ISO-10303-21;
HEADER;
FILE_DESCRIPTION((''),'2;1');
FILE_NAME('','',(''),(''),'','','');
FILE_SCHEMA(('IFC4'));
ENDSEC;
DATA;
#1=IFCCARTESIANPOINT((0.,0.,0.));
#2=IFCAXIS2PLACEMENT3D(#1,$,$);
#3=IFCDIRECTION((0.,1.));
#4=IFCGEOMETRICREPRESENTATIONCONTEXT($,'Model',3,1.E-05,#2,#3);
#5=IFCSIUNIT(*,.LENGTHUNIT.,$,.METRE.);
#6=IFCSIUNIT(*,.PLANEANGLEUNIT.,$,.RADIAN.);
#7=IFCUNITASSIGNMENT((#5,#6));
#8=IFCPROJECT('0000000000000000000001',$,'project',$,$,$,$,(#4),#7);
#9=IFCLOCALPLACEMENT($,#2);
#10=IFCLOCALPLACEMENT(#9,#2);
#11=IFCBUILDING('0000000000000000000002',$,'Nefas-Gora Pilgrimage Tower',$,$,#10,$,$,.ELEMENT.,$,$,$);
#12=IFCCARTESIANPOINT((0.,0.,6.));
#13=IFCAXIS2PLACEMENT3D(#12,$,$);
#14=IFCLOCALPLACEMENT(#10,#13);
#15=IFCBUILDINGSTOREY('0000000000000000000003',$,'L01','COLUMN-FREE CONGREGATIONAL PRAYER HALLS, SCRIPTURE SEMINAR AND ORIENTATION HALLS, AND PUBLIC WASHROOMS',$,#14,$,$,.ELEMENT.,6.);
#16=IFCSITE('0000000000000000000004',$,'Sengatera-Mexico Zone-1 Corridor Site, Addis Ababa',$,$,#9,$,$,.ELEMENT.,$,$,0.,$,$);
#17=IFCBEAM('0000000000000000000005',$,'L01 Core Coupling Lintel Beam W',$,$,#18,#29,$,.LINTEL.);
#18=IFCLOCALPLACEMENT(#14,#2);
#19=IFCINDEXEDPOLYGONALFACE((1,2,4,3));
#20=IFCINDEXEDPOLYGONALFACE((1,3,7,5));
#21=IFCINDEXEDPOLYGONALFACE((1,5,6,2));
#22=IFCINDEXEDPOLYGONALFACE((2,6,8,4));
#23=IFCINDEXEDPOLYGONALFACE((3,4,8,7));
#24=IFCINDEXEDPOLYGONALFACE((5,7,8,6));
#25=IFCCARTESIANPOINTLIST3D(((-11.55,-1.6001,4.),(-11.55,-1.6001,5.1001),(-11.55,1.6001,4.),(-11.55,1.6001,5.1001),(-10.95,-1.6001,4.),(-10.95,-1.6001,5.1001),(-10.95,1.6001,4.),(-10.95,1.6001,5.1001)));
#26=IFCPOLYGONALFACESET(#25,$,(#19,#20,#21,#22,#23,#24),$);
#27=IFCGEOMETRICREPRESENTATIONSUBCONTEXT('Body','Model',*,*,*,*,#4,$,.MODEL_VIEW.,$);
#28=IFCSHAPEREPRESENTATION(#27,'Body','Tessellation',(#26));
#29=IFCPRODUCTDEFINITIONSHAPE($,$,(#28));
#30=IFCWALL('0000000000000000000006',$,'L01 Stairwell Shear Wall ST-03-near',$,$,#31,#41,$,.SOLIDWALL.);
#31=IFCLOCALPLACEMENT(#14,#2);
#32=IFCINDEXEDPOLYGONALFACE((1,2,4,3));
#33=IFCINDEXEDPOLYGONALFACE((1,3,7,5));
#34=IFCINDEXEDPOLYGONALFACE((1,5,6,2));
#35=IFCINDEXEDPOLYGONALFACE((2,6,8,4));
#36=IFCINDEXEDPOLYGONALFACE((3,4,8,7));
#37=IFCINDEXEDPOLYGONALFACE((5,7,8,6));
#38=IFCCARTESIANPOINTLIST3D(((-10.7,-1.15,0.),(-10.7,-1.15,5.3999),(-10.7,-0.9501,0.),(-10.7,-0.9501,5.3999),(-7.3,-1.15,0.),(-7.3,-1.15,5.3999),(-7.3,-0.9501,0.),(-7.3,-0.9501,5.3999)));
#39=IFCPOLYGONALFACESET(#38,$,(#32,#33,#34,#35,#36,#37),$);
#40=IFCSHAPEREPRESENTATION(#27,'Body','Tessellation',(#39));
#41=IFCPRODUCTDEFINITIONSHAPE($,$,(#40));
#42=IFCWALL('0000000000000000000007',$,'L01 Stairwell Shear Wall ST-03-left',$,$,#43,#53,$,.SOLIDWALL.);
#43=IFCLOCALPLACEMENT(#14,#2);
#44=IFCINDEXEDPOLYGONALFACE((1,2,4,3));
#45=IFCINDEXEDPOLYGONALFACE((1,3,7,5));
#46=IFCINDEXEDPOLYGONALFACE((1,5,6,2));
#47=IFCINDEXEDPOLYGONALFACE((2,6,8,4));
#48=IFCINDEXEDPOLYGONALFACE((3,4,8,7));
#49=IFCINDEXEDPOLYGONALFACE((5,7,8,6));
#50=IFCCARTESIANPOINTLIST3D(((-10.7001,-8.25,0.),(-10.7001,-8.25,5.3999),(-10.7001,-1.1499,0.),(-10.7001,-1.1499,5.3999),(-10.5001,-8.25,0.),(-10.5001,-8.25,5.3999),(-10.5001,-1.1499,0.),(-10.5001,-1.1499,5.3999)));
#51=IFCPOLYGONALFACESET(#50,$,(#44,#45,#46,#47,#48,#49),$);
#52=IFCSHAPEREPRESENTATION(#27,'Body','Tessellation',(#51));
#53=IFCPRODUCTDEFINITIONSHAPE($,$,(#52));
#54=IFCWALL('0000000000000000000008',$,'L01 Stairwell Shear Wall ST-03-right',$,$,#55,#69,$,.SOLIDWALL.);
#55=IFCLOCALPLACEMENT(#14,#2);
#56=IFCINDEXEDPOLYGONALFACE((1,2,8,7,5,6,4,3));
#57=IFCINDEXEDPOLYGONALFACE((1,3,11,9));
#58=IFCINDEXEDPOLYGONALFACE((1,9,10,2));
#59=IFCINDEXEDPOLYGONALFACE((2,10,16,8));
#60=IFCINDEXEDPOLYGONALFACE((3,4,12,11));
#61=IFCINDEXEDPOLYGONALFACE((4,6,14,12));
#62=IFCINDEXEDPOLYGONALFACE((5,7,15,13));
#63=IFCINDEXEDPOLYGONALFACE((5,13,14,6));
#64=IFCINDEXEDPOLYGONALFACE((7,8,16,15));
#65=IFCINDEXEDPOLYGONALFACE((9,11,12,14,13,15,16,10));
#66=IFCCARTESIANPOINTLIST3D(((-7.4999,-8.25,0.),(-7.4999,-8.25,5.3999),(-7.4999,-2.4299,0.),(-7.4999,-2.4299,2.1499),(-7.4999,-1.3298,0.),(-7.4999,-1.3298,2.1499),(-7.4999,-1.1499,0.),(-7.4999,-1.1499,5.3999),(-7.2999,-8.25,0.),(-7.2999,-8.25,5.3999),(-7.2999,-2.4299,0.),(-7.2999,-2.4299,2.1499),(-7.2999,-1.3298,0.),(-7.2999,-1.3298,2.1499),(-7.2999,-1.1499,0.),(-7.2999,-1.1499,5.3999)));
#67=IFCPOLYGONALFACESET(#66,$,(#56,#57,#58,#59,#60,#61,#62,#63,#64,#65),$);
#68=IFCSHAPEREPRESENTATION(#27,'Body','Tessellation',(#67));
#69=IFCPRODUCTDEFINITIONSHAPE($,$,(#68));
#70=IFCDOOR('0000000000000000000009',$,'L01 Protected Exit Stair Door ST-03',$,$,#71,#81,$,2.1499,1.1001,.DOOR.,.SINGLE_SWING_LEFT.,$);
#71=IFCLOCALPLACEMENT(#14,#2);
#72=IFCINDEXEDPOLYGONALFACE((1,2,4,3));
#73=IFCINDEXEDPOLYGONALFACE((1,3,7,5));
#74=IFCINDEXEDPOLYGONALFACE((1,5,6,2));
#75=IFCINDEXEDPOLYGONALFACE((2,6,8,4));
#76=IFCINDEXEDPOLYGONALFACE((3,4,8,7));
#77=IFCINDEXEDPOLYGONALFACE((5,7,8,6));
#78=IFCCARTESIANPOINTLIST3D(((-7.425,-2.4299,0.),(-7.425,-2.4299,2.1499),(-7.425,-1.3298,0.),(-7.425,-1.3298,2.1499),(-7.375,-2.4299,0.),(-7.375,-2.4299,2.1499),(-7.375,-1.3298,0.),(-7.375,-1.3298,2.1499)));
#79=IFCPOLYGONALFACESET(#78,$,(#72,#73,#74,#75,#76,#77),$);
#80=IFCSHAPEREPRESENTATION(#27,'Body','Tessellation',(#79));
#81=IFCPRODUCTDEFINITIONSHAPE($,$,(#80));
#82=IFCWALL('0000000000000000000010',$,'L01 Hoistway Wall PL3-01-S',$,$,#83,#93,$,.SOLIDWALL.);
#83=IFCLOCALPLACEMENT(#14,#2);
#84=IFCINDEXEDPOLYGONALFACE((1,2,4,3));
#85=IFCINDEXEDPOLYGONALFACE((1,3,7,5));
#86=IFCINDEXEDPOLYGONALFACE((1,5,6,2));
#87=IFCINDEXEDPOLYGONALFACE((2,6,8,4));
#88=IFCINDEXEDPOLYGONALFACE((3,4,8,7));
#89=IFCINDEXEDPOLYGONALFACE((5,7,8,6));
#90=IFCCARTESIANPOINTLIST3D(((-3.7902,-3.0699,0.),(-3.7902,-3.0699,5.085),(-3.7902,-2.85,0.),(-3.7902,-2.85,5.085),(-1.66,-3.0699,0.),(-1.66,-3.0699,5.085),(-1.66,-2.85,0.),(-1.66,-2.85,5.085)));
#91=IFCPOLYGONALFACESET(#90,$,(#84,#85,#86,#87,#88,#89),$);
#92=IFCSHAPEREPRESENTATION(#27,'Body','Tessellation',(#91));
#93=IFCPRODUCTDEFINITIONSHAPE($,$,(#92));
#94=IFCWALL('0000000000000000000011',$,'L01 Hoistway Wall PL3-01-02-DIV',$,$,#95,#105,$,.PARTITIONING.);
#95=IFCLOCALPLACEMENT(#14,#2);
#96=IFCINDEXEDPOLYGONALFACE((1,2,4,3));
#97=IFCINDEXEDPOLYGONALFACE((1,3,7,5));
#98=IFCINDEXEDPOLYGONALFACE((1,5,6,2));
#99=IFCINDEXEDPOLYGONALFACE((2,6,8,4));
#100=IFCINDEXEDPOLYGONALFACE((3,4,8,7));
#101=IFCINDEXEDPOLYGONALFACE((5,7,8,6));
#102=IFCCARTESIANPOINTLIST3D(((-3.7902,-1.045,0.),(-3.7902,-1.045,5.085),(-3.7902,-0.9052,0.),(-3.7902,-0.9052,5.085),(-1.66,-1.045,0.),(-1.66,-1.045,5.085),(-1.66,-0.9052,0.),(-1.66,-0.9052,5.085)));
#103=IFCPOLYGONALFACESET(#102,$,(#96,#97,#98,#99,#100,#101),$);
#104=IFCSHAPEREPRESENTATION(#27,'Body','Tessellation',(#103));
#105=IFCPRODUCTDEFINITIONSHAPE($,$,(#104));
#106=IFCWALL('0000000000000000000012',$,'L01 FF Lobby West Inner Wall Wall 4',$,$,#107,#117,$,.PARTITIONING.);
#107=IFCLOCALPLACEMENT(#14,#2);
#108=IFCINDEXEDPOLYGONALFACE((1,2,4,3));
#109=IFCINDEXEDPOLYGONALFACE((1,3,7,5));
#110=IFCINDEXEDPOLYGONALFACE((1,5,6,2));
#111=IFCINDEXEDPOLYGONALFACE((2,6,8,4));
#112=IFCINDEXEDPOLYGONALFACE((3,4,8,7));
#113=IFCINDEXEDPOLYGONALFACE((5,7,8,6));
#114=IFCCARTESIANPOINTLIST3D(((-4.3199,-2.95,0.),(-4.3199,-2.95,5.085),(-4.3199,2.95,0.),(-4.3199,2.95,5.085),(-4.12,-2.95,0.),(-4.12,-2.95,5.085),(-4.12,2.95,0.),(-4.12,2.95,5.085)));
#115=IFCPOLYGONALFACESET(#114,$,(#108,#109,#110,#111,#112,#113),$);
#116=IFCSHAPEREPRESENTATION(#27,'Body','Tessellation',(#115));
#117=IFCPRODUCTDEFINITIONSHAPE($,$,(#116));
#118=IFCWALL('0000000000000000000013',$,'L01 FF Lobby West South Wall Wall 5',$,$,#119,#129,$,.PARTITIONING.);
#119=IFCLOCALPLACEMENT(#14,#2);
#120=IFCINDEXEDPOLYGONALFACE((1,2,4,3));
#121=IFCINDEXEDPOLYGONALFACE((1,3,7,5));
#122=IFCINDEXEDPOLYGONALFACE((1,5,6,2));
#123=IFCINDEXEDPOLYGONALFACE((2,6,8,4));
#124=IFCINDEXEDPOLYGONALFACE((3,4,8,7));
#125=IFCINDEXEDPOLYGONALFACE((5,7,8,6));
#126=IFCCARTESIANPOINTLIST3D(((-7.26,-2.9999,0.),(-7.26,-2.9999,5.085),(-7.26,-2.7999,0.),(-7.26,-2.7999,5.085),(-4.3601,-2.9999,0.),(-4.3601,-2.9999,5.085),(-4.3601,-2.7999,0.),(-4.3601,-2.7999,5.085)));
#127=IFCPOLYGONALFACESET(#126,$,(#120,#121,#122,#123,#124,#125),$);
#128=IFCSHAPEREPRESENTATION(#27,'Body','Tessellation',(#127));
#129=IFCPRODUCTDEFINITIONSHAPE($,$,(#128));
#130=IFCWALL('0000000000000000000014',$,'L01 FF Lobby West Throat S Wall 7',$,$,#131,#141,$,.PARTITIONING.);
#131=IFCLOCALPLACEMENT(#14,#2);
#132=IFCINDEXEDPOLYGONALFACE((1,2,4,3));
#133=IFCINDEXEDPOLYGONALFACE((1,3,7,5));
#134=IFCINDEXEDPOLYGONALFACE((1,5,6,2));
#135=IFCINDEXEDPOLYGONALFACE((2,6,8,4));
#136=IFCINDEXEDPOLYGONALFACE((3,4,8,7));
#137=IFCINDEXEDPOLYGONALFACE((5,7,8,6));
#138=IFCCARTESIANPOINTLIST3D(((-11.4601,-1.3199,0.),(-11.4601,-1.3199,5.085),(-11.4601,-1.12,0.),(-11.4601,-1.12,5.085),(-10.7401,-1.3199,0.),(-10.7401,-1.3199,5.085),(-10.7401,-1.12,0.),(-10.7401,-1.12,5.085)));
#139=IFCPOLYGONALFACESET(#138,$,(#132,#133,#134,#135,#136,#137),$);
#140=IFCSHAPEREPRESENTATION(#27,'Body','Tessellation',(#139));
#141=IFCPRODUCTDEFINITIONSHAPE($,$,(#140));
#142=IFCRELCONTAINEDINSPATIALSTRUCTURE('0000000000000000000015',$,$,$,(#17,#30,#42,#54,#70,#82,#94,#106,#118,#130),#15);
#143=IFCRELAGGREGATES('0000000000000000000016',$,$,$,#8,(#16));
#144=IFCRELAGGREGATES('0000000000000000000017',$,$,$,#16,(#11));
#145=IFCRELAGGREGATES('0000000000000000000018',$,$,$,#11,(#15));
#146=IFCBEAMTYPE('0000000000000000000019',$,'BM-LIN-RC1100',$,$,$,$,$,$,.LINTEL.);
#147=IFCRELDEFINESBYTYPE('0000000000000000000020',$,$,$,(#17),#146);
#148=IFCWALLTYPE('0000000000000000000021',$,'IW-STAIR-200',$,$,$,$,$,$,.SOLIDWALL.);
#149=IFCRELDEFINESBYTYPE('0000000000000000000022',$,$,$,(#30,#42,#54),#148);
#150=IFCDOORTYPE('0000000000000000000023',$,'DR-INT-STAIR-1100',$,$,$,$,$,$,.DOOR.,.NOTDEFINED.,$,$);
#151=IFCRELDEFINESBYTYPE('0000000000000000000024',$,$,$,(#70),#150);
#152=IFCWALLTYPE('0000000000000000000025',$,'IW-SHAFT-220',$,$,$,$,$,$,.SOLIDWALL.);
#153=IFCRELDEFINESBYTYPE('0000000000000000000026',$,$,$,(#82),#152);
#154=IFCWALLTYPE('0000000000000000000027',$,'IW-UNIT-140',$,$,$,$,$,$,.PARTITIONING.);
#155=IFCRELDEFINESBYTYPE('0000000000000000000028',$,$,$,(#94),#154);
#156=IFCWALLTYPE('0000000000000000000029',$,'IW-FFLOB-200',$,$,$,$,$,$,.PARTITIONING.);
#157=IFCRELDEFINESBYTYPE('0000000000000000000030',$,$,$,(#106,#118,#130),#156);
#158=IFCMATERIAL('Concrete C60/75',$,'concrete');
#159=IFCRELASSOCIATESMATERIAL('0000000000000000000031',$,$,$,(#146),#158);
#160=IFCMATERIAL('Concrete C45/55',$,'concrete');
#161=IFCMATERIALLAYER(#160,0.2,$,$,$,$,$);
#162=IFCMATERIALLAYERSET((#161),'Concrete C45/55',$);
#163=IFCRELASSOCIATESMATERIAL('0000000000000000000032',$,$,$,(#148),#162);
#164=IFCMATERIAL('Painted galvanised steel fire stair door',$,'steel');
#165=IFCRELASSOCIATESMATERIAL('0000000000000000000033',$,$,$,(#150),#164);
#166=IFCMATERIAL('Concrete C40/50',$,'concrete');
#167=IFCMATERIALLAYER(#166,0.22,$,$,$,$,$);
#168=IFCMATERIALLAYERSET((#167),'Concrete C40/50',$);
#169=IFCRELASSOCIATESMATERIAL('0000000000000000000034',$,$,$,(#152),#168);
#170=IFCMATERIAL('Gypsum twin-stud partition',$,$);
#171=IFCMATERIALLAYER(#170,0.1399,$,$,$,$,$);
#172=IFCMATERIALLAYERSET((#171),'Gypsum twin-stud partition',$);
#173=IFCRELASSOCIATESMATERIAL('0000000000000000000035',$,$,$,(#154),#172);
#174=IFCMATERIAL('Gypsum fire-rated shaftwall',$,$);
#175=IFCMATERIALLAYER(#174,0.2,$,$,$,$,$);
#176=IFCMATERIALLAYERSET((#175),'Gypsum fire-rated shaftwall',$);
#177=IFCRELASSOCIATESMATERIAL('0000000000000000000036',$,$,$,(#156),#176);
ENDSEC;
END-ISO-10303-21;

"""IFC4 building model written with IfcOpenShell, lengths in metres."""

from ifc_helpers import new_model, si_unit, direction, frame, frame_2d, origin, origin_2d, place, context, subcontext, project, spatial, rectangle, extrude, source, transform, mapped, material, layer, layer_set, material_profile, profile_set, type_object, element, fill, save


model = new_model("IFC4")

# Units and contexts
model_context = context("Model", 3, precision=1e-05, world=origin(), true_north=direction((0.0, 1.0)))
body_context = subcontext(model_context, "Body", "Model", "MODEL_VIEW")
ifc_project = project(units=[si_unit("LENGTHUNIT", "METRE"), si_unit("PLANEANGLEUNIT", "RADIAN")], contexts=[model_context])

# Site, building, storey
site_placement = place(None, origin())
site = spatial("IfcSite", under=ifc_project, at=site_placement, Name="Sengatera-Mexico Zone-1 Corridor Site, Addis Ababa", CompositionType="ELEMENT", RefElevation=0.0)
building_placement = place(site_placement, origin())
building = spatial("IfcBuilding", under=site, at=building_placement, Name="Nefas-Gora Pilgrimage Tower", CompositionType="ELEMENT")
storey_placement = place(building_placement, frame((0.0, 0.0, 6.0)))
storey = spatial("IfcBuildingStorey", under=building, at=storey_placement, Name="L01", Description="COLUMN-FREE CONGREGATIONAL PRAYER HALLS, SCRIPTURE SEMINAR AND ORIENTATION HALLS, AND PUBLIC WASHROOMS", CompositionType="ELEMENT", Elevation=6.0)

# Beam
ifc_material_1 = material(Name="Concrete C60/75", Category="concrete")
ifc_material_profile = material_profile(ifc_material_1, rectangle(XDim=0.6001, YDim=1.1001, at=origin_2d()), Name="RC 600x1100")
ifc_profile_set = profile_set([ifc_material_profile], Name="Concrete C60/75")
beam_type = type_object("IfcBeamType", Name="BM-LIN-RC1100", PredefinedType="LINTEL", material=ifc_profile_set)
shared_shape_1 = source(origin(), body_context, "Body", "SweptSolid", [
    extrude(rectangle(XDim=0.6001, YDim=1.1001, at=origin_2d()), origin(), (0.0, 0.0, 1.0), 3.2002),
])
beam_placement = place(storey_placement, frame((-11.25, -1.6001, 4.55), z_axis=(0.0, 1.0, 0.0), x_axis=(-1.0, 0.0, 0.0)))
element("IfcBeam", 1, at=beam_placement, inside=storey, type_object=beam_type, Name="L01 Core Coupling Lintel Beam W", PredefinedType="LINTEL", context=body_context, shape_type="MappedRepresentation", body=[
    mapped(shared_shape_1, transform((0.0, 0.0, 0.0), x_axis=(1.0, 0.0, 0.0), y_axis=(0.0, 1.0, 0.0), z_axis=(0.0, 0.0, 1.0), scale=1.0)),
])

# Walls
ifc_material_2 = material(Name="Concrete C45/55", Category="concrete")
ifc_layer_1 = layer(ifc_material_2, 0.2)
ifc_layer_set_1 = layer_set([ifc_layer_1], Name="Concrete C45/55")
wall_type_1 = type_object("IfcWallType", Name="IW-STAIR-200", PredefinedType="SOLIDWALL", material=ifc_layer_set_1)
shared_shape_2 = source(origin(), body_context, "Body", "SweptSolid", [
    extrude(rectangle(XDim=3.3999, YDim=0.2, at=frame_2d((1.7, 0.0))), origin(), (0.0, 0.0, 1.0), 5.3999),
])
wall_1_placement = place(storey_placement, frame((-10.7, -1.05, 0.0), z_axis=(0.0, 0.0, 1.0), x_axis=(1.0, 0.0, 0.0)))
element("IfcWall", 2, at=wall_1_placement, inside=storey, type_object=wall_type_1, Name="L01 Stairwell Shear Wall ST-03-near", PredefinedType="SOLIDWALL", context=body_context, shape_type="MappedRepresentation", body=[
    mapped(shared_shape_2, transform((0.0, 0.0, 0.0), x_axis=(1.0, 0.0, 0.0), y_axis=(0.0, 1.0, 0.0), z_axis=(0.0, 0.0, 1.0), scale=1.0)),
])
shared_shape_3 = source(origin(), body_context, "Body", "SweptSolid", [
    extrude(rectangle(XDim=7.1001, YDim=0.2, at=frame_2d((3.55, 0.0))), origin(), (0.0, 0.0, 1.0), 5.3999),
])
wall_2_placement = place(storey_placement, frame((-10.6001, -1.1499, 0.0), z_axis=(0.0, 0.0, 1.0), x_axis=(0.0, -1.0, 0.0)))
element("IfcWall", 3, at=wall_2_placement, inside=storey, type_object=wall_type_1, Name="L01 Stairwell Shear Wall ST-03-left", PredefinedType="SOLIDWALL", context=body_context, shape_type="MappedRepresentation", body=[
    mapped(shared_shape_3, transform((0.0, 0.0, 0.0), x_axis=(1.0, 0.0, 0.0), y_axis=(0.0, 1.0, 0.0), z_axis=(0.0, 0.0, 1.0), scale=1.0)),
])

# Wall, opening, door
wall_3_placement = place(storey_placement, frame((-7.3999, -1.1499, 0.0), z_axis=(0.0, 0.0, 1.0), x_axis=(0.0, -1.0, 0.0)))
wall_3 = element("IfcWall", 4, at=wall_3_placement, inside=storey, type_object=wall_type_1, Name="L01 Stairwell Shear Wall ST-03-right", PredefinedType="SOLIDWALL", context=body_context, shape_type="MappedRepresentation", body=[
    mapped(shared_shape_3, transform((0.0, 0.0, 0.0), x_axis=(1.0, 0.0, 0.0), y_axis=(0.0, 1.0, 0.0), z_axis=(0.0, 0.0, 1.0), scale=1.0)),
])
opening_1_placement = place(wall_3_placement, frame((0.1799, 0.0, 0.0)))
opening_1 = element("IfcOpeningElement", 5, at=opening_1_placement, cuts=wall_3, PredefinedType="OPENING", context=body_context, shape_type="SweptSolid", body=[
    extrude(rectangle(XDim=1.1001, YDim=2.1499, at=frame_2d((0.55, 1.075))), frame((0.0, 0.1099, 0.0), z_axis=(0.0, -1.0, 0.0), x_axis=(1.0, 0.0, 0.0)), (0.0, 0.0, 1.0), 0.22),
])
ifc_material_3 = material(Name="Painted galvanised steel fire stair door", Category="steel")
door_type_1 = type_object("IfcDoorType", Name="DR-INT-STAIR-1100", OperationType="NOTDEFINED", PredefinedType="DOOR", material=ifc_material_3)
shared_shape_4 = source(origin(), body_context, "Body", "SweptSolid", [
    extrude(rectangle(XDim=1.1001, YDim=2.1499, at=frame_2d((0.55, 1.075))), frame((0.0, 0.0249, 0.0), z_axis=(0.0, -1.0, 0.0), x_axis=(1.0, 0.0, 0.0)), (0.0, 0.0, 1.0), 0.05),
])
door_1_placement = place(opening_1_placement, origin())
door_1 = element("IfcDoor", 6, at=door_1_placement, inside=storey, type_object=door_type_1, Name="L01 Protected Exit Stair Door ST-03", OperationType="SINGLE_SWING_LEFT", OverallHeight=2.1499, OverallWidth=1.1001, PredefinedType="DOOR", context=body_context, shape_type="MappedRepresentation", body=[
    mapped(shared_shape_4, transform((0.0, 0.0, 0.0), x_axis=(1.0, 0.0, 0.0), y_axis=(0.0, 1.0, 0.0), z_axis=(0.0, 0.0, 1.0), scale=1.0)),
])
fill(opening_1, door_1)

# Walls
ifc_material_4 = material(Name="Concrete C40/50", Category="concrete")
ifc_layer_2 = layer(ifc_material_4, 0.22)
ifc_layer_set_2 = layer_set([ifc_layer_2], Name="Concrete C40/50")
wall_type_2 = type_object("IfcWallType", Name="IW-SHAFT-220", PredefinedType="SOLIDWALL", material=ifc_layer_set_2)
shared_shape_5 = source(origin(), body_context, "Body", "SweptSolid", [
    extrude(rectangle(XDim=2.1301, YDim=0.22, at=frame_2d((1.0649, 0.0))), origin(), (0.0, 0.0, 1.0), 5.085),
])
wall_4_placement = place(storey_placement, frame((-3.79, -2.96, 0.0), z_axis=(0.0, 0.0, 1.0), x_axis=(1.0, 0.0, 0.0)))
element("IfcWall", 7, at=wall_4_placement, inside=storey, type_object=wall_type_2, Name="L01 Hoistway Wall PL3-01-S", PredefinedType="SOLIDWALL", context=body_context, shape_type="MappedRepresentation", body=[
    mapped(shared_shape_5, transform((0.0, 0.0, 0.0), x_axis=(1.0, 0.0, 0.0), y_axis=(0.0, 1.0, 0.0), z_axis=(0.0, 0.0, 1.0), scale=1.0)),
])
ifc_material_5 = material(Name="Gypsum twin-stud partition")
ifc_layer_3 = layer(ifc_material_5, 0.1399)
ifc_layer_set_3 = layer_set([ifc_layer_3], Name="Gypsum twin-stud partition")
wall_type_3 = type_object("IfcWallType", Name="IW-UNIT-140", PredefinedType="PARTITIONING", material=ifc_layer_set_3)
shared_shape_6 = source(origin(), body_context, "Body", "SweptSolid", [
    extrude(rectangle(XDim=2.1301, YDim=0.1399, at=frame_2d((1.0649, 0.0))), origin(), (0.0, 0.0, 1.0), 5.085),
])
wall_5_placement = place(storey_placement, frame((-3.79, -0.9751, 0.0), z_axis=(0.0, 0.0, 1.0), x_axis=(1.0, 0.0, 0.0)))
element("IfcWall", 8, at=wall_5_placement, inside=storey, type_object=wall_type_3, Name="L01 Hoistway Wall PL3-01-02-DIV", PredefinedType="PARTITIONING", context=body_context, shape_type="MappedRepresentation", body=[
    mapped(shared_shape_6, transform((0.0, 0.0, 0.0), x_axis=(1.0, 0.0, 0.0), y_axis=(0.0, 1.0, 0.0), z_axis=(0.0, 0.0, 1.0), scale=1.0)),
])

# Shared definitions
ifc_material_6 = material(Name="Gypsum fire-rated shaftwall")
ifc_layer_4 = layer(ifc_material_6, 0.2)
ifc_layer_set_4 = layer_set([ifc_layer_4], Name="Gypsum fire-rated shaftwall")
wall_type_4 = type_object("IfcWallType", Name="IW-FFLOB-200", PredefinedType="PARTITIONING", material=ifc_layer_set_4)

# Walls
shared_shape_7 = source(origin(), body_context, "Body", "SweptSolid", [
    extrude(rectangle(XDim=5.8999, YDim=0.2, at=frame_2d((2.95, 0.0))), origin(), (0.0, 0.0, 1.0), 5.085),
])
wall_6_placement = place(storey_placement, frame((-4.22, -2.95, 0.0), z_axis=(0.0, 0.0, 1.0), x_axis=(0.0, 1.0, 0.0)))
element("IfcWall", 9, at=wall_6_placement, inside=storey, type_object=wall_type_4, Name="L01 FF Lobby West Inner Wall Wall 4", PredefinedType="PARTITIONING", context=body_context, shape_type="MappedRepresentation", body=[
    mapped(shared_shape_7, transform((0.0, 0.0, 0.0), x_axis=(1.0, 0.0, 0.0), y_axis=(0.0, 1.0, 0.0), z_axis=(0.0, 0.0, 1.0), scale=1.0)),
])
shared_shape_8 = source(origin(), body_context, "Body", "SweptSolid", [
    extrude(rectangle(XDim=2.8999, YDim=0.2, at=frame_2d((1.45, 0.0))), origin(), (0.0, 0.0, 1.0), 5.085),
])
wall_7_placement = place(storey_placement, frame((-7.26, -2.8999, 0.0), z_axis=(0.0, 0.0, 1.0), x_axis=(1.0, 0.0, 0.0)))
element("IfcWall", 10, at=wall_7_placement, inside=storey, type_object=wall_type_4, Name="L01 FF Lobby West South Wall Wall 5", PredefinedType="PARTITIONING", context=body_context, shape_type="MappedRepresentation", body=[
    mapped(shared_shape_8, transform((0.0, 0.0, 0.0), x_axis=(1.0, 0.0, 0.0), y_axis=(0.0, 1.0, 0.0), z_axis=(0.0, 0.0, 1.0), scale=1.0)),
])
shared_shape_9 = source(origin(), body_context, "Body", "SweptSolid", [
    extrude(rectangle(XDim=0.72, YDim=0.2, at=frame_2d((0.3599, 0.0))), origin(), (0.0, 0.0, 1.0), 5.085),
])
wall_8_placement = place(storey_placement, frame((-11.46, -1.22, 0.0), z_axis=(0.0, 0.0, 1.0), x_axis=(1.0, 0.0, 0.0)))
element("IfcWall", 11, at=wall_8_placement, inside=storey, type_object=wall_type_4, Name="L01 FF Lobby West Throat S Wall 7", PredefinedType="PARTITIONING", context=body_context, shape_type="MappedRepresentation", body=[
    mapped(shared_shape_9, transform((0.0, 0.0, 0.0), x_axis=(1.0, 0.0, 0.0), y_axis=(0.0, 1.0, 0.0), z_axis=(0.0, 0.0, 1.0), scale=1.0)),
])

save(model, "model.ifc")
